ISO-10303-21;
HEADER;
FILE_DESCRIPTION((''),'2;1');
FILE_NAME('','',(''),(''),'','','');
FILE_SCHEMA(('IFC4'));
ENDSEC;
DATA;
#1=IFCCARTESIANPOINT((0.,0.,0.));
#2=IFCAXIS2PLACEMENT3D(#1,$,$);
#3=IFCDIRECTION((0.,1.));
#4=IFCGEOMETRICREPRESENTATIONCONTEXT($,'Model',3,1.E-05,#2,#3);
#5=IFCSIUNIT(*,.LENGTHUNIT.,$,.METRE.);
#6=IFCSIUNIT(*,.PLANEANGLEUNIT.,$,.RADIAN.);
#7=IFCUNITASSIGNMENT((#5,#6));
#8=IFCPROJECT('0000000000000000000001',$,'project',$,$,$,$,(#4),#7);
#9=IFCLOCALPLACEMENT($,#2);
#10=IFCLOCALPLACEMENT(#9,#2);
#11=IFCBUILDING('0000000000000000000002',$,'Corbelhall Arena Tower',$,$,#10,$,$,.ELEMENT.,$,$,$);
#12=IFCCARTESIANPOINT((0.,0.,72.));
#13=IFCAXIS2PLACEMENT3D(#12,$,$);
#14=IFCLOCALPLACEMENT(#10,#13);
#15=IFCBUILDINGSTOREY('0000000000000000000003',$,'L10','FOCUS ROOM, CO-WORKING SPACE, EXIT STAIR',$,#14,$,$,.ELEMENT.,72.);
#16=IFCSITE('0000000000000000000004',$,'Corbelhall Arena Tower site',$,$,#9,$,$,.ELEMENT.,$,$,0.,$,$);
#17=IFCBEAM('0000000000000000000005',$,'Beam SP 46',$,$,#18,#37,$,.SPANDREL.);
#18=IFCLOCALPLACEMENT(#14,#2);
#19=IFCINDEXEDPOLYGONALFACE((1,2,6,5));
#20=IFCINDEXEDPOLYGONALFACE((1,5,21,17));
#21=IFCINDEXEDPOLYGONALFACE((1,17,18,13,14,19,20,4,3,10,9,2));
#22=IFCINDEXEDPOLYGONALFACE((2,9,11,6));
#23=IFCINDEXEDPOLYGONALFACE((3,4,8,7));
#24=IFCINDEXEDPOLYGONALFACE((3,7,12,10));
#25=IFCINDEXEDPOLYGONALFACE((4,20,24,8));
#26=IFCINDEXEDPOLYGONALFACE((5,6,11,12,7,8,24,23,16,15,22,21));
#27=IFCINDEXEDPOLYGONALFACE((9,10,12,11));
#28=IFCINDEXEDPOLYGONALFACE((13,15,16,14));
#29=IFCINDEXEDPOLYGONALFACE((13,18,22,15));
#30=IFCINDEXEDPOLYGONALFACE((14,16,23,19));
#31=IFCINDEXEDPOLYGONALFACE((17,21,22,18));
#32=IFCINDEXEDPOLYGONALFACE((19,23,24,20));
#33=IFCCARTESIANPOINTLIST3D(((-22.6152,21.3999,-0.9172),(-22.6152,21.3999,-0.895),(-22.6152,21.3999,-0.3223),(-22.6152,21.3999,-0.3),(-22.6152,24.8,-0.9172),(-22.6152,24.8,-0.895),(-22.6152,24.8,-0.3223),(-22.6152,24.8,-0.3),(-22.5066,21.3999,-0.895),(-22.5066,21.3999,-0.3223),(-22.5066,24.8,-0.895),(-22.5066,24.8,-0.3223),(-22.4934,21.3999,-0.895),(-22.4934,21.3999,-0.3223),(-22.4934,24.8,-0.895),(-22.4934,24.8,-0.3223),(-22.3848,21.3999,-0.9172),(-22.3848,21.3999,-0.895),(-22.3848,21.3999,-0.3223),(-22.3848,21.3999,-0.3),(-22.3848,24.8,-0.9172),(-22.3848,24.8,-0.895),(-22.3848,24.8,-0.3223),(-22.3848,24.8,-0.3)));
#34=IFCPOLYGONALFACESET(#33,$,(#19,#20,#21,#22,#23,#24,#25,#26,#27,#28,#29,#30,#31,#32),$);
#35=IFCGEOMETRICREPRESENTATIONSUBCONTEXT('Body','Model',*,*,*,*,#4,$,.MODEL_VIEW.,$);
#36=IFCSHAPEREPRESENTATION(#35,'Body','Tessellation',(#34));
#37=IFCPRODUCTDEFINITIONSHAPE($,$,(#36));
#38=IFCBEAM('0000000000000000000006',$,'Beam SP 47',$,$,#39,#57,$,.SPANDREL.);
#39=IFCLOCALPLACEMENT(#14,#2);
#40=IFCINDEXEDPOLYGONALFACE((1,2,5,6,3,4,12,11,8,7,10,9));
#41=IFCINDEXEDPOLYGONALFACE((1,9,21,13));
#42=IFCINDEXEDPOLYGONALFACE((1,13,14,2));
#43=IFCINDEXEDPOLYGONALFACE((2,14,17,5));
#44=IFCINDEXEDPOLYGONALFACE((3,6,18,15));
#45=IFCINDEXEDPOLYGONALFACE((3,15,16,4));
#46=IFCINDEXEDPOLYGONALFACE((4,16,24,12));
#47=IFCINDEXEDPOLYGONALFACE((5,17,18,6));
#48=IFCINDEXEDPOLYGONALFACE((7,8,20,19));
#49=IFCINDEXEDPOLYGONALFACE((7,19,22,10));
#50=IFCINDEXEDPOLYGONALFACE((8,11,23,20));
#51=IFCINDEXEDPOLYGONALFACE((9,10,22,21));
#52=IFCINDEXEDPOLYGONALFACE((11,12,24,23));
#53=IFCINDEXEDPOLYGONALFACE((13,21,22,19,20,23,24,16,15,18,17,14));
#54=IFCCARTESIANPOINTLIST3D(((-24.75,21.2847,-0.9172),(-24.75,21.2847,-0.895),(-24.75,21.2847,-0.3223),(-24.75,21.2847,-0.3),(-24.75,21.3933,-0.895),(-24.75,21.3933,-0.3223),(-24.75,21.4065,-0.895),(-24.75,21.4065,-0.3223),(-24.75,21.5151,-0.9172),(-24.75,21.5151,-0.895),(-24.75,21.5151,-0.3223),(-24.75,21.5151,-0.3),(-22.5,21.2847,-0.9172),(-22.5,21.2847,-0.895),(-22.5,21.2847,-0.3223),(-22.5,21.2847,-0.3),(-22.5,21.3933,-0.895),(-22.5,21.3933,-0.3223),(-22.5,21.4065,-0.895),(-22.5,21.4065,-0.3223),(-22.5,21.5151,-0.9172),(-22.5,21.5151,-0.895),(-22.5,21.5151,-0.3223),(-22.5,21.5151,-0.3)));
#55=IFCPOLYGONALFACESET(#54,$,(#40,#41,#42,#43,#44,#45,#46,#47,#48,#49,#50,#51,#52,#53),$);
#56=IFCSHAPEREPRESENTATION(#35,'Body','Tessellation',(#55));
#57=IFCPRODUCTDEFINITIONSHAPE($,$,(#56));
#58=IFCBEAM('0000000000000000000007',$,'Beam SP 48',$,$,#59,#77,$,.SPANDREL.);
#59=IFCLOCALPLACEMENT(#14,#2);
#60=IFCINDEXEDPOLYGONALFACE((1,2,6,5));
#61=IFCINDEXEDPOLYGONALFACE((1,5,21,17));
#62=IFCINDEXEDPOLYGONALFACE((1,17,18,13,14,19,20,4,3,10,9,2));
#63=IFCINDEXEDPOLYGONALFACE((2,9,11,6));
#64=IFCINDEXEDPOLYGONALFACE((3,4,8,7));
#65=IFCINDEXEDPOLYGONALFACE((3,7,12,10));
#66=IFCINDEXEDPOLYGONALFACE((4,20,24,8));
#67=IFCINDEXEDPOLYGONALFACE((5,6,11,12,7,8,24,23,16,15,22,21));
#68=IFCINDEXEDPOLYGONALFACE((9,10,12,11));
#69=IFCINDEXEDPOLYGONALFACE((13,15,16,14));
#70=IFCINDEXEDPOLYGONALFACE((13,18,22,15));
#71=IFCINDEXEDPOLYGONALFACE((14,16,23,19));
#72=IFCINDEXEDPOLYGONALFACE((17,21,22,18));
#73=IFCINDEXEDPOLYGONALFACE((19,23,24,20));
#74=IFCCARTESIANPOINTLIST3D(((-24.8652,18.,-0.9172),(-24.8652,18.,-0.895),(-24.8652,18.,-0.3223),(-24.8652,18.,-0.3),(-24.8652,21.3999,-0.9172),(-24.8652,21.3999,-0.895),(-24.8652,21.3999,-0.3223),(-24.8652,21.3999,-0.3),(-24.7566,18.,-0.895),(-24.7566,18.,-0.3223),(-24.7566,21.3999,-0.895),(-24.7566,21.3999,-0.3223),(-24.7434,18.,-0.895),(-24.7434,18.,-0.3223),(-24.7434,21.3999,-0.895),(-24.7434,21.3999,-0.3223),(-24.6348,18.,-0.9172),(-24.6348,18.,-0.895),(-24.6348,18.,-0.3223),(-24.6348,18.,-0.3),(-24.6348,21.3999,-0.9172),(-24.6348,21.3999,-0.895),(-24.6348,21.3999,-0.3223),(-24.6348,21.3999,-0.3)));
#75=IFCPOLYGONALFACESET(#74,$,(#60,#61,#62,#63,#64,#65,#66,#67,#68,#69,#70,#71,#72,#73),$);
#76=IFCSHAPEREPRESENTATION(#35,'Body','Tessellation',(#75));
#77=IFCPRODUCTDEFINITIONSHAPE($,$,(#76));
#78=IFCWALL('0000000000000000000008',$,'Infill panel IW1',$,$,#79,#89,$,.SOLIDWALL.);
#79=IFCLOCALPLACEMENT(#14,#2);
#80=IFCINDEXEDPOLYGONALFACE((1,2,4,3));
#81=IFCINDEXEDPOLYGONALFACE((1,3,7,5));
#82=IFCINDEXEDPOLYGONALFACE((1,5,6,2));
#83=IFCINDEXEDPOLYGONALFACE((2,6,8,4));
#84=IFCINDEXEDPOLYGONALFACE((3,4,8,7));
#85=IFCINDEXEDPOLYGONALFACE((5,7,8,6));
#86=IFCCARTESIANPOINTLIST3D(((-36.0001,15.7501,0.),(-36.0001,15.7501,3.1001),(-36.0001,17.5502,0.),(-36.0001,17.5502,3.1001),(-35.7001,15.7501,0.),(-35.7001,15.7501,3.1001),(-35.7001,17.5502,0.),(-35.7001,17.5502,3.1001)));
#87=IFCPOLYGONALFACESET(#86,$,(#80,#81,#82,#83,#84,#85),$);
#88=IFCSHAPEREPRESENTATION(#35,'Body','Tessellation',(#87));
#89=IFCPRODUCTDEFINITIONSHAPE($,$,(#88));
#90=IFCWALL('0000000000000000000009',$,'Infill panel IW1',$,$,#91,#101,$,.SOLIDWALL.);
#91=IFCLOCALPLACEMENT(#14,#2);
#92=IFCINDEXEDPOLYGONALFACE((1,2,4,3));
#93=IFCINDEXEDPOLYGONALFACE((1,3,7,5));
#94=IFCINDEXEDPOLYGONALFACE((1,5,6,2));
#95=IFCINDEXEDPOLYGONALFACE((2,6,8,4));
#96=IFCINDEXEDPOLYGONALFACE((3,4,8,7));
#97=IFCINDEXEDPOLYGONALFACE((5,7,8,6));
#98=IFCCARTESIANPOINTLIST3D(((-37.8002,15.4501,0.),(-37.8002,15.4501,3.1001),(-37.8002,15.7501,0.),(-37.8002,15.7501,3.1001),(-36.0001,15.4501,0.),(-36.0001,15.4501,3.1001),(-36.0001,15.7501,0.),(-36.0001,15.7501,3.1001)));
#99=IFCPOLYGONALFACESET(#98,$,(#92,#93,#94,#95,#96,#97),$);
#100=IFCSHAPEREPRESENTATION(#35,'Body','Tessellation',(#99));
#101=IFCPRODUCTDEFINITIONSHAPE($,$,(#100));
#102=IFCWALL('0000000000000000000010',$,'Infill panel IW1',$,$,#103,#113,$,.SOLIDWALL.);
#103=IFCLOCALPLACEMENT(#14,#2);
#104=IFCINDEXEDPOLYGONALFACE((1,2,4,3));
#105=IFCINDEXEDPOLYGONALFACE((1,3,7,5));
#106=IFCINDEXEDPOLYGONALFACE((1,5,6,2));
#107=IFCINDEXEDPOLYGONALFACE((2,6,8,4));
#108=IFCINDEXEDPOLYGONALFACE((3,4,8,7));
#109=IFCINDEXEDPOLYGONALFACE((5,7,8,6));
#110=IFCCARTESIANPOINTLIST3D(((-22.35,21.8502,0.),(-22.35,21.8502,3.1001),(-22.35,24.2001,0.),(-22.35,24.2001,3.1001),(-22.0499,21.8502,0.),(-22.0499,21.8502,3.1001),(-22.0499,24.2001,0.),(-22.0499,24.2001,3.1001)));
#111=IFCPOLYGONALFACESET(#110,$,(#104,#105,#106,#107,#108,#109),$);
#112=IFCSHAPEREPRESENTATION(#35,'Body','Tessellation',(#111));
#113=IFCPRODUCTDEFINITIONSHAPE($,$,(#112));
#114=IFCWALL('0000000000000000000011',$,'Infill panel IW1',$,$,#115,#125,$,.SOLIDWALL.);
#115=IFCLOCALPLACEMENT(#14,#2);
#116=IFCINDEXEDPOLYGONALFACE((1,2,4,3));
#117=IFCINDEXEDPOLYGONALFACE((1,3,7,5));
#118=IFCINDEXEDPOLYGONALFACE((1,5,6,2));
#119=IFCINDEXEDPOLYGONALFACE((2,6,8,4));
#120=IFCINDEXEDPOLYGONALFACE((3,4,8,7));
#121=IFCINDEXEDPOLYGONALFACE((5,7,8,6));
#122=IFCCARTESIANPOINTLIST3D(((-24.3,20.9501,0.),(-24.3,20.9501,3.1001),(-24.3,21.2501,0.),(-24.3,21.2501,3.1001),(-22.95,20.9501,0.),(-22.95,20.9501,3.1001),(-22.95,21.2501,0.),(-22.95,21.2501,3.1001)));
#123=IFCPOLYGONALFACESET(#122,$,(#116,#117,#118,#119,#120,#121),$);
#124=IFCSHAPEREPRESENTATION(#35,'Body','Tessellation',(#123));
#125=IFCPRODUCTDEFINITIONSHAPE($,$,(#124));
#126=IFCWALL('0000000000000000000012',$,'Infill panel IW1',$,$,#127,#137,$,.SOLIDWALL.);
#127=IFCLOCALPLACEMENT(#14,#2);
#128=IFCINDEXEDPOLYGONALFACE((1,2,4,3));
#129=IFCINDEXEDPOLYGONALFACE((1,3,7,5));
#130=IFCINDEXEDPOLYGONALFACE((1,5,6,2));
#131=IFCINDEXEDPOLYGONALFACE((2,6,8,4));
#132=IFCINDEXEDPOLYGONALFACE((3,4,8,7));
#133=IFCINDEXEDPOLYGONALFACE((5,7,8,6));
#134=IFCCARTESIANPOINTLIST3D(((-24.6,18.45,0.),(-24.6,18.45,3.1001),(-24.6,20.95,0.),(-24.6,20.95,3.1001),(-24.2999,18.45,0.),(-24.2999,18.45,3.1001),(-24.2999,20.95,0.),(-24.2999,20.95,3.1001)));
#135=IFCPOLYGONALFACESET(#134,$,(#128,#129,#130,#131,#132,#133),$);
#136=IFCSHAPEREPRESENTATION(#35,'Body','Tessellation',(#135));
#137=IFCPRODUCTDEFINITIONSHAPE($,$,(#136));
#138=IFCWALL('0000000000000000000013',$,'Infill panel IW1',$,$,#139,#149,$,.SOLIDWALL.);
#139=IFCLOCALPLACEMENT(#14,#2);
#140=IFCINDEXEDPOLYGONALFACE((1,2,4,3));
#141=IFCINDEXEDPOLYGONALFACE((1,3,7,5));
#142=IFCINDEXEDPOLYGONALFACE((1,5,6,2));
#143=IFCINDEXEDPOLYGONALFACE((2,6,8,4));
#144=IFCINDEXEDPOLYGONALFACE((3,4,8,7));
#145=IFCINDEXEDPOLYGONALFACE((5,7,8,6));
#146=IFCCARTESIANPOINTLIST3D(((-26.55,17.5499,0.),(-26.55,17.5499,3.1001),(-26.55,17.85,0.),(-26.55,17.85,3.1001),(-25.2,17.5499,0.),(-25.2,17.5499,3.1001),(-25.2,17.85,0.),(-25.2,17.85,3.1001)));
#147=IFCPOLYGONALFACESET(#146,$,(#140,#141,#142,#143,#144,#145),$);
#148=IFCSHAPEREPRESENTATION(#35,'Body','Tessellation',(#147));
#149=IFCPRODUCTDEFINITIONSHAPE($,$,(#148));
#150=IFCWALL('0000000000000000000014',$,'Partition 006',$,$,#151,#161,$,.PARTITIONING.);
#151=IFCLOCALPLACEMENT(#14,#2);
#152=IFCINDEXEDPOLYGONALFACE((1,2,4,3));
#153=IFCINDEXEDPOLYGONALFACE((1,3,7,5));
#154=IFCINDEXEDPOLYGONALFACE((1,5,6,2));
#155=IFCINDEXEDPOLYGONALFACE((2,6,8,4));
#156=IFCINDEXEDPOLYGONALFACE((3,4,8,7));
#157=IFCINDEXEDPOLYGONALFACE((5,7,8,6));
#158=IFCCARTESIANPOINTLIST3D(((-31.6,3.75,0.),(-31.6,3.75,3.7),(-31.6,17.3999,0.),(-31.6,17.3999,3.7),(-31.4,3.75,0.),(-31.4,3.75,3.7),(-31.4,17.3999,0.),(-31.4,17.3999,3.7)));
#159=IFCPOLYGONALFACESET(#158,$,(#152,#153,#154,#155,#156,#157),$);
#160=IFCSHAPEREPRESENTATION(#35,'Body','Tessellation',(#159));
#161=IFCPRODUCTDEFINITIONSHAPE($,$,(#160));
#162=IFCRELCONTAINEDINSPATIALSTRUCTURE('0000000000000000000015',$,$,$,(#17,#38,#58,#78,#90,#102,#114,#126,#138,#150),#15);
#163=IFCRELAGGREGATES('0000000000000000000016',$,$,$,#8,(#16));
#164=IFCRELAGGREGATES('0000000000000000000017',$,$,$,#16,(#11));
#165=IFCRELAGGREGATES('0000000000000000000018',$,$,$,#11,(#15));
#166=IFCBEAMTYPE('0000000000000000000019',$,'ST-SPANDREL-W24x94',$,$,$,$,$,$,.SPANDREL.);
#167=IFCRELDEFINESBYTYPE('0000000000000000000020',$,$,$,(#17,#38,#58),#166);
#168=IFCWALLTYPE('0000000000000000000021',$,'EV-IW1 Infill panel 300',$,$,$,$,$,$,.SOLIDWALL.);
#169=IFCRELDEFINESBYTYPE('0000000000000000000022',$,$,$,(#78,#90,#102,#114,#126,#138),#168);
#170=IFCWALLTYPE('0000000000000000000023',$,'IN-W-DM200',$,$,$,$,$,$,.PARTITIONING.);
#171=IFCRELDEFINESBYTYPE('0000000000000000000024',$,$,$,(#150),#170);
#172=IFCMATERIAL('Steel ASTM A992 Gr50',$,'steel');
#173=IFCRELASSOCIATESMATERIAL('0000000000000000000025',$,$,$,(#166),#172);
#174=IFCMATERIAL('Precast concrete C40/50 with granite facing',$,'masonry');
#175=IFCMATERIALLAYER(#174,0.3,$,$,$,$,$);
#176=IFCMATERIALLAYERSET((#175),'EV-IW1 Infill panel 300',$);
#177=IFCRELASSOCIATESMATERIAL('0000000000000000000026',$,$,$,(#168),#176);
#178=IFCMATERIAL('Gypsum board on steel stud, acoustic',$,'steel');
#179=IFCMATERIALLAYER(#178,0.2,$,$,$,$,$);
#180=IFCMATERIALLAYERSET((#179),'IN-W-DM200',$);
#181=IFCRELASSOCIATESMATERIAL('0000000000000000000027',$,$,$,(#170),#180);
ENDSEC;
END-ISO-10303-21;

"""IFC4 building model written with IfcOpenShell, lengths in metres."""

from ifc_helpers import new_model, si_unit, direction, frame, frame_2d, origin, origin_2d, place, context, subcontext, project, spatial, rectangle, i_section, extrude, material, layer, layer_set, material_profile, profile_set, type_object, element, save


model = new_model("IFC4")

# Units and contexts
model_context = context("Model", 3, precision=1e-05, world=origin(), true_north=direction((0.0, 1.0)))
body_context = subcontext(model_context, "Body", "Model", "MODEL_VIEW")
ifc_project = project(units=[si_unit("LENGTHUNIT", "METRE"), si_unit("PLANEANGLEUNIT", "RADIAN")], contexts=[model_context])

# Site, building, storey
site_placement = place(None, origin())
site = spatial("IfcSite", under=ifc_project, at=site_placement, Name="Corbelhall Arena Tower site", CompositionType="ELEMENT", RefElevation=0.0)
building_placement = place(site_placement, origin())
building = spatial("IfcBuilding", under=site, at=building_placement, Name="Corbelhall Arena Tower", CompositionType="ELEMENT")
storey_placement = place(building_placement, frame((0.0, 0.0, 72.0)))
storey = spatial("IfcBuildingStorey", under=building, at=storey_placement, Name="L10", Description="FOCUS ROOM, CO-WORKING SPACE, EXIT STAIR", CompositionType="ELEMENT", Elevation=72.0)

# Beams
ifc_material_1 = material(Name="Steel ASTM A992 Gr50", Category="steel")
ifc_material_profile_1 = material_profile(ifc_material_1, i_section(OverallWidth=0.2305, OverallDepth=0.6172, WebThickness=0.0132, FlangeThickness=0.0222, at=origin_2d()))
ifc_profile_set_1 = profile_set([ifc_material_profile_1], Name="Steel ASTM A992 Gr50")
beam_type = type_object("IfcBeamType", Name="ST-SPANDREL-W24x94", PredefinedType="SPANDREL", material=ifc_profile_set_1)
beam_1_placement = place(storey_placement, frame((-22.5, 21.3999, -0.6086), z_axis=(0.0, 1.0, 0.0), x_axis=(-1.0, 0.0, 0.0)))
element("IfcBeam", 1, at=beam_1_placement, inside=storey, type_object=beam_type, Name="Beam SP 46", PredefinedType="SPANDREL", context=body_context, shape_type="SweptSolid", body=[
    extrude(i_section(OverallWidth=0.2305, OverallDepth=0.6172, WebThickness=0.0132, FlangeThickness=0.0222, at=origin_2d()), origin(), (0.0, 0.0, 1.0), 3.4001),
])
beam_2_placement = place(storey_placement, frame((-24.75, 21.3999, -0.6086), z_axis=(1.0, 0.0, 0.0), x_axis=(0.0, 1.0, 0.0)))
element("IfcBeam", 2, at=beam_2_placement, inside=storey, type_object=beam_type, Name="Beam SP 47", PredefinedType="SPANDREL", context=body_context, shape_type="SweptSolid", body=[
    extrude(i_section(OverallWidth=0.2305, OverallDepth=0.6172, WebThickness=0.0132, FlangeThickness=0.0222, at=origin_2d()), origin(), (0.0, 0.0, 1.0), 2.25),
])
beam_3_placement = place(storey_placement, frame((-24.75, 18.0, -0.6086), z_axis=(0.0, 1.0, 0.0), x_axis=(-1.0, 0.0, 0.0)))
element("IfcBeam", 3, at=beam_3_placement, inside=storey, type_object=beam_type, Name="Beam SP 48", PredefinedType="SPANDREL", context=body_context, shape_type="SweptSolid", body=[
    extrude(i_section(OverallWidth=0.2305, OverallDepth=0.6172, WebThickness=0.0132, FlangeThickness=0.0222, at=origin_2d()), origin(), (0.0, 0.0, 1.0), 3.3999),
])

# Walls
ifc_material_2 = material(Name="Precast concrete C40/50 with granite facing", Category="masonry")
ifc_layer_1 = layer(ifc_material_2, 0.3)
ifc_layer_set_1 = layer_set([ifc_layer_1], Name="EV-IW1 Infill panel 300")
wall_type_1 = type_object("IfcWallType", Name="EV-IW1 Infill panel 300", PredefinedType="SOLIDWALL", material=ifc_layer_set_1)
for number, where, z_axis, x_axis, name in (
    (4, (-35.8501, 17.55, 0.0), (0.0, 0.0, 1.0), (0.0, -1.0, 0.0), "Infill panel IW1"),
    (5, (-37.8, 15.6001, 0.0), (0.0, 0.0, 1.0), (1.0, 0.0, 0.0), "Infill panel IW1"),
):
    element("IfcWall", number, at=place(storey_placement, frame(where, z_axis=z_axis, x_axis=x_axis)), inside=storey, type_object=wall_type_1, Name=name, PredefinedType="SOLIDWALL", context=body_context, shape_type="SweptSolid", body=[
        extrude(rectangle(XDim=1.8, YDim=0.3, at=frame_2d((0.8999, 0.0))), origin(), (0.0, 0.0, 1.0), 3.1001),
    ])
wall_1_placement = place(storey_placement, frame((-22.2, 24.2, 0.0), z_axis=(0.0, 0.0, 1.0), x_axis=(0.0, -1.0, 0.0)))
element("IfcWall", 6, at=wall_1_placement, inside=storey, type_object=wall_type_1, Name="Infill panel IW1", PredefinedType="SOLIDWALL", context=body_context, shape_type="SweptSolid", body=[
    extrude(rectangle(XDim=2.3499, YDim=0.3, at=frame_2d((1.1748, 0.0))), origin(), (0.0, 0.0, 1.0), 3.1001),
])
wall_2_placement = place(storey_placement, frame((-22.95, 21.1001, 0.0), z_axis=(0.0, 0.0, 1.0), x_axis=(-1.0, 0.0, 0.0)))
element("IfcWall", 7, at=wall_2_placement, inside=storey, type_object=wall_type_1, Name="Infill panel IW1", PredefinedType="SOLIDWALL", context=body_context, shape_type="SweptSolid", body=[
    extrude(rectangle(XDim=1.3501, YDim=0.3, at=frame_2d((0.675, 0.0))), origin(), (0.0, 0.0, 1.0), 3.1001),
])
wall_3_placement = place(storey_placement, frame((-24.45, 20.95, 0.0), z_axis=(0.0, 0.0, 1.0), x_axis=(0.0, -1.0, 0.0)))
element("IfcWall", 8, at=wall_3_placement, inside=storey, type_object=wall_type_1, Name="Infill panel IW1", PredefinedType="SOLIDWALL", context=body_context, shape_type="SweptSolid", body=[
    extrude(rectangle(XDim=2.5, YDim=0.3, at=frame_2d((1.25, 0.0))), origin(), (0.0, 0.0, 1.0), 3.1001),
])
wall_4_placement = place(storey_placement, frame((-25.2, 17.7, 0.0), z_axis=(0.0, 0.0, 1.0), x_axis=(-1.0, 0.0, 0.0)))
element("IfcWall", 9, at=wall_4_placement, inside=storey, type_object=wall_type_1, Name="Infill panel IW1", PredefinedType="SOLIDWALL", context=body_context, shape_type="SweptSolid", body=[
    extrude(rectangle(XDim=1.3501, YDim=0.3, at=frame_2d((0.675, 0.0))), origin(), (0.0, 0.0, 1.0), 3.1001),
])

# Wall
ifc_material_3 = material(Name="Gypsum board on steel stud, acoustic", Category="steel")
ifc_layer_2 = layer(ifc_material_3, 0.2)
ifc_layer_set_2 = layer_set([ifc_layer_2], Name="IN-W-DM200")
wall_type_2 = type_object("IfcWallType", Name="IN-W-DM200", PredefinedType="PARTITIONING", material=ifc_layer_set_2)
wall_5_placement = place(storey_placement, frame((-31.5, 17.3999, 0.0), z_axis=(0.0, 0.0, 1.0), x_axis=(0.0, -1.0, 0.0)))
element("IfcWall", 10, at=wall_5_placement, inside=storey, type_object=wall_type_2, Name="Partition 006", PredefinedType="PARTITIONING", context=body_context, shape_type="SweptSolid", body=[
    extrude(rectangle(XDim=13.6499, YDim=0.2, at=frame_2d((6.825, 0.0))), origin(), (0.0, 0.0, 1.0), 3.7),
])

save(model, "model.ifc")
